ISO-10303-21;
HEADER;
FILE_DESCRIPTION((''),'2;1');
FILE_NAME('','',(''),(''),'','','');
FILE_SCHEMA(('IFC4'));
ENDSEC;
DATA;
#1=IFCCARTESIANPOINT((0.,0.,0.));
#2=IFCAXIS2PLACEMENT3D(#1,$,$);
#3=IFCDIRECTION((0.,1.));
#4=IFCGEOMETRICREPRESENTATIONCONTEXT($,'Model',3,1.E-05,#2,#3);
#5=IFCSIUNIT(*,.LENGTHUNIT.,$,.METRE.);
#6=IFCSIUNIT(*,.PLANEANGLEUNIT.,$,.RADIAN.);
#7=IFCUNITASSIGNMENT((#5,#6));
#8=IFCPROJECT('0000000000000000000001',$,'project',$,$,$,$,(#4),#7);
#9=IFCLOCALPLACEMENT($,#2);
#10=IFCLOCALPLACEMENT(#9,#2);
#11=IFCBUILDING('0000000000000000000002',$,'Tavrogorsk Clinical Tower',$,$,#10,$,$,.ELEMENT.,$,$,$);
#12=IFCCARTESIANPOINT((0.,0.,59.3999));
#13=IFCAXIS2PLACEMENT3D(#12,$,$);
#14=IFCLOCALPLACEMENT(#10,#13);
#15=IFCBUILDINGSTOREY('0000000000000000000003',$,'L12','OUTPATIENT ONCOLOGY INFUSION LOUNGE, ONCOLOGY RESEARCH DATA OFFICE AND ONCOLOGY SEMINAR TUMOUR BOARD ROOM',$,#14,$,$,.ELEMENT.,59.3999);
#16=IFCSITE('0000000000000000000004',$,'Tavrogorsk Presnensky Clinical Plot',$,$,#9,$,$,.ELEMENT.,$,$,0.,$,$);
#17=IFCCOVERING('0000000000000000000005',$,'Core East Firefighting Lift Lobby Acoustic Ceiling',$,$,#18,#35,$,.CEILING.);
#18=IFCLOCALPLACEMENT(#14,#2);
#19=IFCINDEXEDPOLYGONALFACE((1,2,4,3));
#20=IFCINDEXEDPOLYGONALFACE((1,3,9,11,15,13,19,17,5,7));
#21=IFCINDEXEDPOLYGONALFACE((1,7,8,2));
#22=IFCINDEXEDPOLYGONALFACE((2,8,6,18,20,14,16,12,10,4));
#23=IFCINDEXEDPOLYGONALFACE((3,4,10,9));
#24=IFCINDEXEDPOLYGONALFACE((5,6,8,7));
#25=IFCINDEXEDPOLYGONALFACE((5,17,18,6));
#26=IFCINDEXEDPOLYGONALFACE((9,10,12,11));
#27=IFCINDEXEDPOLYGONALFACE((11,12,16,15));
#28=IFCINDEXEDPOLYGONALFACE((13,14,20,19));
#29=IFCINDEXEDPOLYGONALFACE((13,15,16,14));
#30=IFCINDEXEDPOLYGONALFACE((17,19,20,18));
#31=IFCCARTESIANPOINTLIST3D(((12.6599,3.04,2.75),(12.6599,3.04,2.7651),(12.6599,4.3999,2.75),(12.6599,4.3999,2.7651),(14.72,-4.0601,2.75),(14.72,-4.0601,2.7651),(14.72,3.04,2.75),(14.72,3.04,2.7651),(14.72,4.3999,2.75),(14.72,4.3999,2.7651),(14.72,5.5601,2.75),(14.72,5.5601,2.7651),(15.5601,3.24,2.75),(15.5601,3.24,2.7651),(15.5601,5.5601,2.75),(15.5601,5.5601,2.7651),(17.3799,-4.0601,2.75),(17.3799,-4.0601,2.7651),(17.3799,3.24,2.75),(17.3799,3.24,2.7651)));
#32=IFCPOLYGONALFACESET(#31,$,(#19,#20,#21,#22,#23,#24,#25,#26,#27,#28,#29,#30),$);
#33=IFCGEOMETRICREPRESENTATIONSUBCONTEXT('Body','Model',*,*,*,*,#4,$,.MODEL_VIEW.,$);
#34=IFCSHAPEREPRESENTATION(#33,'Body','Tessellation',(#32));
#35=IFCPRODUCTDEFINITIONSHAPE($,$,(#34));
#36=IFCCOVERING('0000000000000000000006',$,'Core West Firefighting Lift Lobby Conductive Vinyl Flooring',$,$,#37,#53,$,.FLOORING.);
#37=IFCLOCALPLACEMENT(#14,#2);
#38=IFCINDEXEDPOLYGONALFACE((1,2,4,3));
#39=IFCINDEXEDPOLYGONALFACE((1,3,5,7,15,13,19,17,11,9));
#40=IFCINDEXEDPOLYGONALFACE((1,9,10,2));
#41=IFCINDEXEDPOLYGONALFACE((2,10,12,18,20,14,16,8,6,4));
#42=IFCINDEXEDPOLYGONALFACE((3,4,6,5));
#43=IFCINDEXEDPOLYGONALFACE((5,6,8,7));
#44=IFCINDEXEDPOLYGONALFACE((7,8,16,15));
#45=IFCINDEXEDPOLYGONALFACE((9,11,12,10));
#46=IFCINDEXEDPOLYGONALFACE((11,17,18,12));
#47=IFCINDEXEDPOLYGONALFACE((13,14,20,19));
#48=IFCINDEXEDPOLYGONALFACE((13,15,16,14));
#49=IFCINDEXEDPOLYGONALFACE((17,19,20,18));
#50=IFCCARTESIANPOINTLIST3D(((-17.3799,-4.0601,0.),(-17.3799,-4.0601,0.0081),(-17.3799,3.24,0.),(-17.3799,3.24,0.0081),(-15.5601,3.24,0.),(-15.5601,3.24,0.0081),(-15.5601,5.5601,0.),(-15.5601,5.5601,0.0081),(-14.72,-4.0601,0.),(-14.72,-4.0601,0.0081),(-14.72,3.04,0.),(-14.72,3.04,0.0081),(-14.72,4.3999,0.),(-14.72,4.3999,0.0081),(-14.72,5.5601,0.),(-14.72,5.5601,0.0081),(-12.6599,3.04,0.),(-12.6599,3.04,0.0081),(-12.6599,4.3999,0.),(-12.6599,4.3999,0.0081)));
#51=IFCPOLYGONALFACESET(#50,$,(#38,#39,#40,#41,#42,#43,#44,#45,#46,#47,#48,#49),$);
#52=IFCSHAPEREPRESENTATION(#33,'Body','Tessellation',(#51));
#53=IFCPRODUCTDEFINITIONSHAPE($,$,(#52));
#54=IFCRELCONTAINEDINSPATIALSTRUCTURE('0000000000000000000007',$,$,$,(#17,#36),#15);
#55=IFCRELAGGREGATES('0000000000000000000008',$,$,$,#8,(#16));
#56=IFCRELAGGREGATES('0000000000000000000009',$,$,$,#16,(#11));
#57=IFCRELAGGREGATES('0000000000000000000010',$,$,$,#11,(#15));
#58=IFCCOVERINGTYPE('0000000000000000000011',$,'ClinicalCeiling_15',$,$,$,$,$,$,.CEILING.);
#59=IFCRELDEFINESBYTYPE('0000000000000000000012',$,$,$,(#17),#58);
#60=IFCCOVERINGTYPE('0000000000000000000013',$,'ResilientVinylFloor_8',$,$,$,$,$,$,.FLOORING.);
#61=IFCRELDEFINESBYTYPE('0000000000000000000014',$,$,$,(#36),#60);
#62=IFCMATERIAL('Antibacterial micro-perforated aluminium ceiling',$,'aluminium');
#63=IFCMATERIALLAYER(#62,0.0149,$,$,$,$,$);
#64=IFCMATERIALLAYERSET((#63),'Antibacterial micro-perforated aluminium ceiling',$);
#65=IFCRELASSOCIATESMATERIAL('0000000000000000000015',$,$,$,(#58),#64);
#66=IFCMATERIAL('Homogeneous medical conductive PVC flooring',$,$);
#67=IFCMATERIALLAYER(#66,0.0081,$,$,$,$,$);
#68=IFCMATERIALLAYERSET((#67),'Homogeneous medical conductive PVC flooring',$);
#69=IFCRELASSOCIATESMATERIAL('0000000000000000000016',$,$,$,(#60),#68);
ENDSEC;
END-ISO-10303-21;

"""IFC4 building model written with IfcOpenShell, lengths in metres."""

from ifc_helpers import new_model, si_unit, direction, frame, origin, place, context, subcontext, project, spatial, polyline, outline, extrude, material, layer, layer_set, type_object, element, save


model = new_model("IFC4")

# Units and contexts
model_context = context("Model", 3, precision=1e-05, world=origin(), true_north=direction((0.0, 1.0)))
body_context = subcontext(model_context, "Body", "Model", "MODEL_VIEW")
ifc_project = project(units=[si_unit("LENGTHUNIT", "METRE"), si_unit("PLANEANGLEUNIT", "RADIAN")], contexts=[model_context])

# Site, building, storey
site_placement = place(None, origin())
site = spatial("IfcSite", under=ifc_project, at=site_placement, Name="Tavrogorsk Presnensky Clinical Plot", CompositionType="ELEMENT", RefElevation=0.0)
building_placement = place(site_placement, origin())
building = spatial("IfcBuilding", under=site, at=building_placement, Name="Tavrogorsk Clinical Tower", CompositionType="ELEMENT")
storey_placement = place(building_placement, frame((0.0, 0.0, 59.3999)))
storey = spatial("IfcBuildingStorey", under=building, at=storey_placement, Name="L12", Description="OUTPATIENT ONCOLOGY INFUSION LOUNGE, ONCOLOGY RESEARCH DATA OFFICE AND ONCOLOGY SEMINAR TUMOUR BOARD ROOM", CompositionType="ELEMENT", Elevation=59.3999)

# Coverings
ifc_material_1 = material(Name="Antibacterial micro-perforated aluminium ceiling", Category="aluminium")
ifc_layer_1 = layer(ifc_material_1, 0.0149)
ifc_layer_set_1 = layer_set([ifc_layer_1], Name="Antibacterial micro-perforated aluminium ceiling")
covering_type_1 = type_object("IfcCoveringType", Name="ClinicalCeiling_15", PredefinedType="CEILING", material=ifc_layer_set_1)
covering_1_placement = place(storey_placement, frame((0.0, 0.0, 2.75)))
element("IfcCovering", 1, at=covering_1_placement, inside=storey, type_object=covering_type_1, Name="Core East Firefighting Lift Lobby Acoustic Ceiling", PredefinedType="CEILING", context=body_context, shape_type="SweptSolid", body=[
    extrude(outline(polyline([(14.72, 3.04), (12.6599, 3.04), (12.6599, 4.3999), (14.72, 4.3999), (14.72, 5.5601), (15.5601, 5.5601), (15.5601, 3.24), (17.3799, 3.24), (17.3799, -4.0601), (14.72, -4.0601), (14.72, 3.04)])), origin(), (0.0, 0.0, 1.0), 0.0151),
])
ifc_material_2 = material(Name="Homogeneous medical conductive PVC flooring")
ifc_layer_2 = layer(ifc_material_2, 0.0081)
ifc_layer_set_2 = layer_set([ifc_layer_2], Name="Homogeneous medical conductive PVC flooring")
covering_type_2 = type_object("IfcCoveringType", Name="ResilientVinylFloor_8", PredefinedType="FLOORING", material=ifc_layer_set_2)
covering_2_placement = place(storey_placement, origin())
element("IfcCovering", 2, at=covering_2_placement, inside=storey, type_object=covering_type_2, Name="Core West Firefighting Lift Lobby Conductive Vinyl Flooring", PredefinedType="FLOORING", context=body_context, shape_type="SweptSolid", body=[
    extrude(outline(polyline([(-17.3799, -4.0601), (-17.3799, 3.24), (-15.5601, 3.24), (-15.5601, 5.5601), (-14.72, 5.5601), (-14.72, 4.3999), (-12.6599, 4.3999), (-12.6599, 3.04), (-14.72, 3.04), (-14.72, -4.0601), (-17.3799, -4.0601)])), origin(), (0.0, 0.0, 1.0), 0.0081),
])

save(model, "model.ifc")
